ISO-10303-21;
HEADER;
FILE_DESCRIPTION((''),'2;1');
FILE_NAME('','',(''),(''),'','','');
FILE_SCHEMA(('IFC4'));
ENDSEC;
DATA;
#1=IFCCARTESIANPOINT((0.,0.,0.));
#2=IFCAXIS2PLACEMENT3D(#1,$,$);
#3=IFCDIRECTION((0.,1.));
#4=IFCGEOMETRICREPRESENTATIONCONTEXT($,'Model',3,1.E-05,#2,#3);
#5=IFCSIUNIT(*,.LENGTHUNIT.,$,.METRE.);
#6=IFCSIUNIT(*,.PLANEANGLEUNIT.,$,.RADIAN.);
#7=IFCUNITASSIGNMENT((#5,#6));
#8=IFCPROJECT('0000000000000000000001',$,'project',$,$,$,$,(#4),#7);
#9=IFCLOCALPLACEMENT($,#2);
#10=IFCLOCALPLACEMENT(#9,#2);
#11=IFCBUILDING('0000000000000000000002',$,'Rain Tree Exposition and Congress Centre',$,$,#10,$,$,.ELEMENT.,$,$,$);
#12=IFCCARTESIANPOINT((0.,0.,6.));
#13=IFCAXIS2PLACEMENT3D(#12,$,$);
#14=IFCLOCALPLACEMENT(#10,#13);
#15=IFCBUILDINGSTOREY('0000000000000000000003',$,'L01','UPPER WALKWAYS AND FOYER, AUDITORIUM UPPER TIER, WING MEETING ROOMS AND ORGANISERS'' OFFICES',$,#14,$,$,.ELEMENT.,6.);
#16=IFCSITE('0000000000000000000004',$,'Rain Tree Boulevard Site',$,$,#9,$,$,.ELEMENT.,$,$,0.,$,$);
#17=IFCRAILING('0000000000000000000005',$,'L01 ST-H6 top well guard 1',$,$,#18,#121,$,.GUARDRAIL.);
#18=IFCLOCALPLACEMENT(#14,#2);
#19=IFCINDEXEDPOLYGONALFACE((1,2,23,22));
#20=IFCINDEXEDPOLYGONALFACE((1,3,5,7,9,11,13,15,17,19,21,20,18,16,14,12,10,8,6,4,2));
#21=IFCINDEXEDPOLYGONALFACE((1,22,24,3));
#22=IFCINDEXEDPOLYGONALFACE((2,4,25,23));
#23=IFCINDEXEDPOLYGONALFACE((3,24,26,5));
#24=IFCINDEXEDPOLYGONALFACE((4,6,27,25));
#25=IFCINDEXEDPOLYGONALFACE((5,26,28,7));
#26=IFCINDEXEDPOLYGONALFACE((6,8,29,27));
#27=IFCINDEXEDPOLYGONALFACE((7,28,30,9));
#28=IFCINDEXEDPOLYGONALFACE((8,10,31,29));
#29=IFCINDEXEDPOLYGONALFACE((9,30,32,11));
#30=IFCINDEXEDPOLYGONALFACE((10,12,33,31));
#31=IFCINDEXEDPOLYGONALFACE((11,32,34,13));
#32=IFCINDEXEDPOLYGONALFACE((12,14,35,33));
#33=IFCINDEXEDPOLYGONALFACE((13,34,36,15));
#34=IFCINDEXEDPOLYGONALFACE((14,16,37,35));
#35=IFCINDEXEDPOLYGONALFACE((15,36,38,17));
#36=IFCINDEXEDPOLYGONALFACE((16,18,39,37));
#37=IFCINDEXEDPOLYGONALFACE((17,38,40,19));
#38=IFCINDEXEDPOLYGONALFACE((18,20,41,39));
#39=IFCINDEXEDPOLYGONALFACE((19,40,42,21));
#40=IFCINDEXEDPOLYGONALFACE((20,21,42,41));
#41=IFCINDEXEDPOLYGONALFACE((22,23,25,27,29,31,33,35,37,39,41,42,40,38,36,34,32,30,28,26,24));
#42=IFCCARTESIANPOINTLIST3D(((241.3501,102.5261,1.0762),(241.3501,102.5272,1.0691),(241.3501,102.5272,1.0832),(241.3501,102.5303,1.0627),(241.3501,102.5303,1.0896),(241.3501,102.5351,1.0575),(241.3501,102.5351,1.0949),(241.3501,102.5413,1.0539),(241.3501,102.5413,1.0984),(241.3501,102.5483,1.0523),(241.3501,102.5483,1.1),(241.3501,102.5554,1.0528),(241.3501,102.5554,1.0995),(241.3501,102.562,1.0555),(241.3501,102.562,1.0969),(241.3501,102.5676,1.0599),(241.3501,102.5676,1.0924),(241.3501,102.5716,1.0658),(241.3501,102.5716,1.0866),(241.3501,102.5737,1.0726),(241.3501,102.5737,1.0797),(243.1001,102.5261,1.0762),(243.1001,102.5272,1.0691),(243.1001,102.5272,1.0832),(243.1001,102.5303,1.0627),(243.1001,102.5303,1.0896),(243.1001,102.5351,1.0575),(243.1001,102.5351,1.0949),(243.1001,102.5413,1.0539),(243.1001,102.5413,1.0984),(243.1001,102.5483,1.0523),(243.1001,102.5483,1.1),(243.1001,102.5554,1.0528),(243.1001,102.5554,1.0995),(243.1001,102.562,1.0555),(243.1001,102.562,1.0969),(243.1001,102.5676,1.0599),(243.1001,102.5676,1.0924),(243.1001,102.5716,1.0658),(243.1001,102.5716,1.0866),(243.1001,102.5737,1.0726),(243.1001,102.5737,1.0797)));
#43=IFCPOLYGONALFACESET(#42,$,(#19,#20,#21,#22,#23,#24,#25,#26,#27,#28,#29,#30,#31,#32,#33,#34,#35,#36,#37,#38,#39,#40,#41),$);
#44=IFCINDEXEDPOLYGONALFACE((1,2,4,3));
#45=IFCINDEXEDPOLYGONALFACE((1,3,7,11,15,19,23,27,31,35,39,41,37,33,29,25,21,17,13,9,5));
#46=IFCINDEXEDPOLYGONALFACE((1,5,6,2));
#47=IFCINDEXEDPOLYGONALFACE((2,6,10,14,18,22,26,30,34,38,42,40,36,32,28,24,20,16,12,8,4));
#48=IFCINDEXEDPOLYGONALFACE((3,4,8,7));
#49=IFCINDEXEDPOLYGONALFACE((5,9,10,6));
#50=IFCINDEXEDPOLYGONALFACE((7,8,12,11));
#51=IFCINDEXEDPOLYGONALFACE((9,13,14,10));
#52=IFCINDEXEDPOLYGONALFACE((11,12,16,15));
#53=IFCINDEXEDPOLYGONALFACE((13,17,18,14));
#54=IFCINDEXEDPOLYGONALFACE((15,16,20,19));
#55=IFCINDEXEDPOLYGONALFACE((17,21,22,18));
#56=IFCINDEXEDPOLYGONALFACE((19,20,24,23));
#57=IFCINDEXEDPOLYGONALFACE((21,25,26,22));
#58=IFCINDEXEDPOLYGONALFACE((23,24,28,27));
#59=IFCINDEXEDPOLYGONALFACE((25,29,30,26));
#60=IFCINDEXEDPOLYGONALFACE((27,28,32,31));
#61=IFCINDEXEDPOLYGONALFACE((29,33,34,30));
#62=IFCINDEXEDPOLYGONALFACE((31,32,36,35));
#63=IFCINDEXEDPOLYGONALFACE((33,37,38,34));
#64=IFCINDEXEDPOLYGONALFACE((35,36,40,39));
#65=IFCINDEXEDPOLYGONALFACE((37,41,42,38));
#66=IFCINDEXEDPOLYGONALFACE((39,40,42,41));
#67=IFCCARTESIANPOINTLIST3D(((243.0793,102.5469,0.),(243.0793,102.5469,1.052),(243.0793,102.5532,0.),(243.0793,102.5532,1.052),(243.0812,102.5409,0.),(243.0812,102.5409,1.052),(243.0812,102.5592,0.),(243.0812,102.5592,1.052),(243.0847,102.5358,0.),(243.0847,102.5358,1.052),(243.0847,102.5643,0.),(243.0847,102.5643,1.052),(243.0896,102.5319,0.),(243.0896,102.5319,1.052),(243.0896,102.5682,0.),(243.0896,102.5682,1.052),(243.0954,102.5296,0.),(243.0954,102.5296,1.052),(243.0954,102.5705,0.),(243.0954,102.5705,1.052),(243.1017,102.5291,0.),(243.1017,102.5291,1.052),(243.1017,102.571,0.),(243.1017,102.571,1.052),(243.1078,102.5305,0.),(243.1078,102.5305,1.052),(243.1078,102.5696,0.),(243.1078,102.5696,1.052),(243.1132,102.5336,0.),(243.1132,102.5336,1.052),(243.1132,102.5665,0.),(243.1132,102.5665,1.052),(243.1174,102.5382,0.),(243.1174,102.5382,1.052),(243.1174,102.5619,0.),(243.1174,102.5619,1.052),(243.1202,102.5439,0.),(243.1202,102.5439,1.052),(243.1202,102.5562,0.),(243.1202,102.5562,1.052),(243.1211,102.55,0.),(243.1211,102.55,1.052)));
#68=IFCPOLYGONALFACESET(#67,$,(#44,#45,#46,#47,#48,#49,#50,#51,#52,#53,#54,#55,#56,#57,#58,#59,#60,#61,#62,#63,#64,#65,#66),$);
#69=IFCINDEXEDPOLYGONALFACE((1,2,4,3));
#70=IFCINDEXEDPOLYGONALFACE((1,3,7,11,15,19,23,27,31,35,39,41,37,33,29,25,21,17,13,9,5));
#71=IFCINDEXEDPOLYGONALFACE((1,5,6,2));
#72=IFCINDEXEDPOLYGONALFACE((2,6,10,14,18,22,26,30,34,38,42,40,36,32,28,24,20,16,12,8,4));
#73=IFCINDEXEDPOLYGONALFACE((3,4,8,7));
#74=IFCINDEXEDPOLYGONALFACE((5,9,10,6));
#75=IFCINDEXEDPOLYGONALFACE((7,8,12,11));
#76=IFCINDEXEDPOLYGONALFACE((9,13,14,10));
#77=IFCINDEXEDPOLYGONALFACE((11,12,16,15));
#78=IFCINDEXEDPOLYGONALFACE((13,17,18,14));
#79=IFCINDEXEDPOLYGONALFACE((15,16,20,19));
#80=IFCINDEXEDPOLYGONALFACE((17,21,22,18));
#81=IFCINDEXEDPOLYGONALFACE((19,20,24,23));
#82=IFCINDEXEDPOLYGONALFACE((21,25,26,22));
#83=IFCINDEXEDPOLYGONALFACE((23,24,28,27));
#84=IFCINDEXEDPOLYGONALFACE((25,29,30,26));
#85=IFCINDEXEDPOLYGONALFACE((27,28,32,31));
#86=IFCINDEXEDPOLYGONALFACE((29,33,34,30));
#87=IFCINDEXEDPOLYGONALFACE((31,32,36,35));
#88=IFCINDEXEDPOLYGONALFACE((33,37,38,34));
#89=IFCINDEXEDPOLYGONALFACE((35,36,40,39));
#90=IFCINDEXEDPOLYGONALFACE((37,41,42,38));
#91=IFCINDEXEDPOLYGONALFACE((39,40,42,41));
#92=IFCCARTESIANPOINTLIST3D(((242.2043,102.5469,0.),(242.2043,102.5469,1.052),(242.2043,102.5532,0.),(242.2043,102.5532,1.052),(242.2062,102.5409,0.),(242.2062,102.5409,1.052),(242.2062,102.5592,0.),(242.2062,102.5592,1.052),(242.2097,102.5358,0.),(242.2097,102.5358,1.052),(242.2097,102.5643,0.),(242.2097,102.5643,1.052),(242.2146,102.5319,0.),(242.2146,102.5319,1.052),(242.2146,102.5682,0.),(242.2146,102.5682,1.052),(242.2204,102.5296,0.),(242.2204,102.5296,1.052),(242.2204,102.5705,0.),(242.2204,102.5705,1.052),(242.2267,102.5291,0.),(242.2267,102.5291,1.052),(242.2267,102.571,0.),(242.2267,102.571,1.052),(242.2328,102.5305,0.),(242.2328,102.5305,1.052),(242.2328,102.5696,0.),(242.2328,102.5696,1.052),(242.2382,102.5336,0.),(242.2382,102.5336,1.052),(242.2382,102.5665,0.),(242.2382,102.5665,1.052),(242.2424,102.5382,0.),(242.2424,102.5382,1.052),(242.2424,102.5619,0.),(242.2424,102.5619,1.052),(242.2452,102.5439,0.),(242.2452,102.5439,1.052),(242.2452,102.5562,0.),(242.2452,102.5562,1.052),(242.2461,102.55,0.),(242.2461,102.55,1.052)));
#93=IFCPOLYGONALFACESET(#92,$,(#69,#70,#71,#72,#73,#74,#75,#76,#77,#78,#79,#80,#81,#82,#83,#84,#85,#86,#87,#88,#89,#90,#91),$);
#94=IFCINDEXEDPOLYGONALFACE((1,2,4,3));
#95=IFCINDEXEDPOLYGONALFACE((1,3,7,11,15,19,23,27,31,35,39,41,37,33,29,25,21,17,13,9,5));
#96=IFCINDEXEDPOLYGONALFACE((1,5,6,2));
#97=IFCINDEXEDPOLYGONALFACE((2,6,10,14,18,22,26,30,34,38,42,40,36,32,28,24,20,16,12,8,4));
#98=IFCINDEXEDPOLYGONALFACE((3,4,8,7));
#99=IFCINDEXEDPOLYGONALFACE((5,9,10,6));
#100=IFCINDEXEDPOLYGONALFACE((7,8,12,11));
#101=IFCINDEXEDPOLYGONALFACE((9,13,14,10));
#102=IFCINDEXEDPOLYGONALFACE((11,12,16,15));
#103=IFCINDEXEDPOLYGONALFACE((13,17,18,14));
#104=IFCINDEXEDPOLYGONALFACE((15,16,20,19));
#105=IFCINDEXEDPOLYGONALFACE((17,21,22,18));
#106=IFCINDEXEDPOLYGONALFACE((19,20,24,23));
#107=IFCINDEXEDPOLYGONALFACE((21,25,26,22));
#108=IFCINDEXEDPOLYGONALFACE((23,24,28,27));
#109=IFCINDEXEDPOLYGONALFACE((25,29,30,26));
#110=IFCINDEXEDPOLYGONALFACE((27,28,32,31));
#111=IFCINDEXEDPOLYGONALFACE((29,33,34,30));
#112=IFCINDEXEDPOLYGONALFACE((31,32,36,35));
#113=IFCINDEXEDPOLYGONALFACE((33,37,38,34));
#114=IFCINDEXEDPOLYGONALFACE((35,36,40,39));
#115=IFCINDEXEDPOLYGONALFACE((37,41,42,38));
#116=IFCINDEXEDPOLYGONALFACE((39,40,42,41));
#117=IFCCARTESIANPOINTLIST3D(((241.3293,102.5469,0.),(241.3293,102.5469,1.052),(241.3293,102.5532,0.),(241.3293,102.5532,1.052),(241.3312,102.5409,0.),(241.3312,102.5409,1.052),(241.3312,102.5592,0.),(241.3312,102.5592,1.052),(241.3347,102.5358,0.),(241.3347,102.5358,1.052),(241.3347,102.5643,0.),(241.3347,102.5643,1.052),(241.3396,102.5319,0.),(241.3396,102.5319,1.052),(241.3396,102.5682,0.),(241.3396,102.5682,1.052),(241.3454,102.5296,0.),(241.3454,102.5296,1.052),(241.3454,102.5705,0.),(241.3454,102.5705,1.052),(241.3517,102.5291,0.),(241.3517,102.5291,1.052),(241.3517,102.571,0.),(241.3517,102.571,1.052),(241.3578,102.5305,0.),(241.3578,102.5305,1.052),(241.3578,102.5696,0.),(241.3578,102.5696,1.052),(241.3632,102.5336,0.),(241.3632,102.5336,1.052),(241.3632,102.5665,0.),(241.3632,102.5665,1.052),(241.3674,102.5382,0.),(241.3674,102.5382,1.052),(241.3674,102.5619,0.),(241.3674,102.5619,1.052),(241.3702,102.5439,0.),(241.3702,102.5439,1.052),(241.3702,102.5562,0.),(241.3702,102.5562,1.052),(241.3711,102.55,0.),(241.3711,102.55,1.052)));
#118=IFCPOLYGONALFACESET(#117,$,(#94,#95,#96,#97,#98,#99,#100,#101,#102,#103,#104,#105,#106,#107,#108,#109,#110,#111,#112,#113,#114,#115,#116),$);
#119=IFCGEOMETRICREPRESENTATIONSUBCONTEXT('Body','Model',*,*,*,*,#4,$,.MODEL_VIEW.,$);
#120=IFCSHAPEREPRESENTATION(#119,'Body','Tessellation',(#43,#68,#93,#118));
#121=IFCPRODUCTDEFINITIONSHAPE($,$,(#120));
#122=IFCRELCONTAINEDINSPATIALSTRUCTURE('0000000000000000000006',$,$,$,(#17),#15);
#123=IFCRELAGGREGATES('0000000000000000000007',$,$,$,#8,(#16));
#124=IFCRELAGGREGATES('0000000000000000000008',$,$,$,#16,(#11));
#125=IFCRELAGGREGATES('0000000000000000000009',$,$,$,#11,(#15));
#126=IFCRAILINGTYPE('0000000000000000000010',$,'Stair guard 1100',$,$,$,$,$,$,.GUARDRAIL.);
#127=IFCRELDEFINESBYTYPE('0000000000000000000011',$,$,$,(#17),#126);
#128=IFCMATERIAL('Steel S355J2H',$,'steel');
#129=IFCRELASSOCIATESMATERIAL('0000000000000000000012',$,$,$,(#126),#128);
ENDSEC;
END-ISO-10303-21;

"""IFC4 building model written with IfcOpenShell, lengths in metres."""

from ifc_helpers import new_model, si_unit, direction, frame, origin, origin_2d, place, context, subcontext, project, spatial, circle, extrude, material, type_object, element, save


model = new_model("IFC4")

# Units and contexts
model_context = context("Model", 3, precision=1e-05, world=origin(), true_north=direction((0.0, 1.0)))
body_context = subcontext(model_context, "Body", "Model", "MODEL_VIEW")
ifc_project = project(units=[si_unit("LENGTHUNIT", "METRE"), si_unit("PLANEANGLEUNIT", "RADIAN")], contexts=[model_context])

# Site, building, storey
site_placement = place(None, origin())
site = spatial("IfcSite", under=ifc_project, at=site_placement, Name="Rain Tree Boulevard Site", CompositionType="ELEMENT", RefElevation=0.0)
building_placement = place(site_placement, origin())
building = spatial("IfcBuilding", under=site, at=building_placement, Name="Rain Tree Exposition and Congress Centre", CompositionType="ELEMENT")
storey_placement = place(building_placement, frame((0.0, 0.0, 6.0)))
storey = spatial("IfcBuildingStorey", under=building, at=storey_placement, Name="L01", Description="UPPER WALKWAYS AND FOYER, AUDITORIUM UPPER TIER, WING MEETING ROOMS AND ORGANISERS' OFFICES", CompositionType="ELEMENT", Elevation=6.0)

# Railing
ifc_material_1 = material(Name="Steel S355J2H", Category="steel")
railing_type = type_object("IfcRailingType", Name="Stair guard 1100", PredefinedType="GUARDRAIL", material=ifc_material_1)
railing_placement = place(storey_placement, frame((243.1001, 102.55, 0.0)))
element("IfcRailing", 1, at=railing_placement, inside=storey, type_object=railing_type, Name="L01 ST-H6 top well guard 1", PredefinedType="GUARDRAIL", context=body_context, shape_type="SweptSolid", body=[
    extrude(circle(Radius=0.0239, at=origin_2d()), frame((0.0, 0.0, 1.0762), z_axis=(-1.0, 0.0, 0.0), x_axis=(0.0, -1.0, 0.0)), (0.0, 0.0, 1.0), 1.75),
    extrude(circle(Radius=0.021, at=origin_2d()), origin(), (0.0, 0.0, 1.0), 1.052),
    extrude(circle(Radius=0.021, at=origin_2d()), frame((-0.875, 0.0, 0.0)), (0.0, 0.0, 1.0), 1.052),
    extrude(circle(Radius=0.021, at=origin_2d()), frame((-1.75, 0.0, 0.0)), (0.0, 0.0, 1.0), 1.052),
])

save(model, "model.ifc")
